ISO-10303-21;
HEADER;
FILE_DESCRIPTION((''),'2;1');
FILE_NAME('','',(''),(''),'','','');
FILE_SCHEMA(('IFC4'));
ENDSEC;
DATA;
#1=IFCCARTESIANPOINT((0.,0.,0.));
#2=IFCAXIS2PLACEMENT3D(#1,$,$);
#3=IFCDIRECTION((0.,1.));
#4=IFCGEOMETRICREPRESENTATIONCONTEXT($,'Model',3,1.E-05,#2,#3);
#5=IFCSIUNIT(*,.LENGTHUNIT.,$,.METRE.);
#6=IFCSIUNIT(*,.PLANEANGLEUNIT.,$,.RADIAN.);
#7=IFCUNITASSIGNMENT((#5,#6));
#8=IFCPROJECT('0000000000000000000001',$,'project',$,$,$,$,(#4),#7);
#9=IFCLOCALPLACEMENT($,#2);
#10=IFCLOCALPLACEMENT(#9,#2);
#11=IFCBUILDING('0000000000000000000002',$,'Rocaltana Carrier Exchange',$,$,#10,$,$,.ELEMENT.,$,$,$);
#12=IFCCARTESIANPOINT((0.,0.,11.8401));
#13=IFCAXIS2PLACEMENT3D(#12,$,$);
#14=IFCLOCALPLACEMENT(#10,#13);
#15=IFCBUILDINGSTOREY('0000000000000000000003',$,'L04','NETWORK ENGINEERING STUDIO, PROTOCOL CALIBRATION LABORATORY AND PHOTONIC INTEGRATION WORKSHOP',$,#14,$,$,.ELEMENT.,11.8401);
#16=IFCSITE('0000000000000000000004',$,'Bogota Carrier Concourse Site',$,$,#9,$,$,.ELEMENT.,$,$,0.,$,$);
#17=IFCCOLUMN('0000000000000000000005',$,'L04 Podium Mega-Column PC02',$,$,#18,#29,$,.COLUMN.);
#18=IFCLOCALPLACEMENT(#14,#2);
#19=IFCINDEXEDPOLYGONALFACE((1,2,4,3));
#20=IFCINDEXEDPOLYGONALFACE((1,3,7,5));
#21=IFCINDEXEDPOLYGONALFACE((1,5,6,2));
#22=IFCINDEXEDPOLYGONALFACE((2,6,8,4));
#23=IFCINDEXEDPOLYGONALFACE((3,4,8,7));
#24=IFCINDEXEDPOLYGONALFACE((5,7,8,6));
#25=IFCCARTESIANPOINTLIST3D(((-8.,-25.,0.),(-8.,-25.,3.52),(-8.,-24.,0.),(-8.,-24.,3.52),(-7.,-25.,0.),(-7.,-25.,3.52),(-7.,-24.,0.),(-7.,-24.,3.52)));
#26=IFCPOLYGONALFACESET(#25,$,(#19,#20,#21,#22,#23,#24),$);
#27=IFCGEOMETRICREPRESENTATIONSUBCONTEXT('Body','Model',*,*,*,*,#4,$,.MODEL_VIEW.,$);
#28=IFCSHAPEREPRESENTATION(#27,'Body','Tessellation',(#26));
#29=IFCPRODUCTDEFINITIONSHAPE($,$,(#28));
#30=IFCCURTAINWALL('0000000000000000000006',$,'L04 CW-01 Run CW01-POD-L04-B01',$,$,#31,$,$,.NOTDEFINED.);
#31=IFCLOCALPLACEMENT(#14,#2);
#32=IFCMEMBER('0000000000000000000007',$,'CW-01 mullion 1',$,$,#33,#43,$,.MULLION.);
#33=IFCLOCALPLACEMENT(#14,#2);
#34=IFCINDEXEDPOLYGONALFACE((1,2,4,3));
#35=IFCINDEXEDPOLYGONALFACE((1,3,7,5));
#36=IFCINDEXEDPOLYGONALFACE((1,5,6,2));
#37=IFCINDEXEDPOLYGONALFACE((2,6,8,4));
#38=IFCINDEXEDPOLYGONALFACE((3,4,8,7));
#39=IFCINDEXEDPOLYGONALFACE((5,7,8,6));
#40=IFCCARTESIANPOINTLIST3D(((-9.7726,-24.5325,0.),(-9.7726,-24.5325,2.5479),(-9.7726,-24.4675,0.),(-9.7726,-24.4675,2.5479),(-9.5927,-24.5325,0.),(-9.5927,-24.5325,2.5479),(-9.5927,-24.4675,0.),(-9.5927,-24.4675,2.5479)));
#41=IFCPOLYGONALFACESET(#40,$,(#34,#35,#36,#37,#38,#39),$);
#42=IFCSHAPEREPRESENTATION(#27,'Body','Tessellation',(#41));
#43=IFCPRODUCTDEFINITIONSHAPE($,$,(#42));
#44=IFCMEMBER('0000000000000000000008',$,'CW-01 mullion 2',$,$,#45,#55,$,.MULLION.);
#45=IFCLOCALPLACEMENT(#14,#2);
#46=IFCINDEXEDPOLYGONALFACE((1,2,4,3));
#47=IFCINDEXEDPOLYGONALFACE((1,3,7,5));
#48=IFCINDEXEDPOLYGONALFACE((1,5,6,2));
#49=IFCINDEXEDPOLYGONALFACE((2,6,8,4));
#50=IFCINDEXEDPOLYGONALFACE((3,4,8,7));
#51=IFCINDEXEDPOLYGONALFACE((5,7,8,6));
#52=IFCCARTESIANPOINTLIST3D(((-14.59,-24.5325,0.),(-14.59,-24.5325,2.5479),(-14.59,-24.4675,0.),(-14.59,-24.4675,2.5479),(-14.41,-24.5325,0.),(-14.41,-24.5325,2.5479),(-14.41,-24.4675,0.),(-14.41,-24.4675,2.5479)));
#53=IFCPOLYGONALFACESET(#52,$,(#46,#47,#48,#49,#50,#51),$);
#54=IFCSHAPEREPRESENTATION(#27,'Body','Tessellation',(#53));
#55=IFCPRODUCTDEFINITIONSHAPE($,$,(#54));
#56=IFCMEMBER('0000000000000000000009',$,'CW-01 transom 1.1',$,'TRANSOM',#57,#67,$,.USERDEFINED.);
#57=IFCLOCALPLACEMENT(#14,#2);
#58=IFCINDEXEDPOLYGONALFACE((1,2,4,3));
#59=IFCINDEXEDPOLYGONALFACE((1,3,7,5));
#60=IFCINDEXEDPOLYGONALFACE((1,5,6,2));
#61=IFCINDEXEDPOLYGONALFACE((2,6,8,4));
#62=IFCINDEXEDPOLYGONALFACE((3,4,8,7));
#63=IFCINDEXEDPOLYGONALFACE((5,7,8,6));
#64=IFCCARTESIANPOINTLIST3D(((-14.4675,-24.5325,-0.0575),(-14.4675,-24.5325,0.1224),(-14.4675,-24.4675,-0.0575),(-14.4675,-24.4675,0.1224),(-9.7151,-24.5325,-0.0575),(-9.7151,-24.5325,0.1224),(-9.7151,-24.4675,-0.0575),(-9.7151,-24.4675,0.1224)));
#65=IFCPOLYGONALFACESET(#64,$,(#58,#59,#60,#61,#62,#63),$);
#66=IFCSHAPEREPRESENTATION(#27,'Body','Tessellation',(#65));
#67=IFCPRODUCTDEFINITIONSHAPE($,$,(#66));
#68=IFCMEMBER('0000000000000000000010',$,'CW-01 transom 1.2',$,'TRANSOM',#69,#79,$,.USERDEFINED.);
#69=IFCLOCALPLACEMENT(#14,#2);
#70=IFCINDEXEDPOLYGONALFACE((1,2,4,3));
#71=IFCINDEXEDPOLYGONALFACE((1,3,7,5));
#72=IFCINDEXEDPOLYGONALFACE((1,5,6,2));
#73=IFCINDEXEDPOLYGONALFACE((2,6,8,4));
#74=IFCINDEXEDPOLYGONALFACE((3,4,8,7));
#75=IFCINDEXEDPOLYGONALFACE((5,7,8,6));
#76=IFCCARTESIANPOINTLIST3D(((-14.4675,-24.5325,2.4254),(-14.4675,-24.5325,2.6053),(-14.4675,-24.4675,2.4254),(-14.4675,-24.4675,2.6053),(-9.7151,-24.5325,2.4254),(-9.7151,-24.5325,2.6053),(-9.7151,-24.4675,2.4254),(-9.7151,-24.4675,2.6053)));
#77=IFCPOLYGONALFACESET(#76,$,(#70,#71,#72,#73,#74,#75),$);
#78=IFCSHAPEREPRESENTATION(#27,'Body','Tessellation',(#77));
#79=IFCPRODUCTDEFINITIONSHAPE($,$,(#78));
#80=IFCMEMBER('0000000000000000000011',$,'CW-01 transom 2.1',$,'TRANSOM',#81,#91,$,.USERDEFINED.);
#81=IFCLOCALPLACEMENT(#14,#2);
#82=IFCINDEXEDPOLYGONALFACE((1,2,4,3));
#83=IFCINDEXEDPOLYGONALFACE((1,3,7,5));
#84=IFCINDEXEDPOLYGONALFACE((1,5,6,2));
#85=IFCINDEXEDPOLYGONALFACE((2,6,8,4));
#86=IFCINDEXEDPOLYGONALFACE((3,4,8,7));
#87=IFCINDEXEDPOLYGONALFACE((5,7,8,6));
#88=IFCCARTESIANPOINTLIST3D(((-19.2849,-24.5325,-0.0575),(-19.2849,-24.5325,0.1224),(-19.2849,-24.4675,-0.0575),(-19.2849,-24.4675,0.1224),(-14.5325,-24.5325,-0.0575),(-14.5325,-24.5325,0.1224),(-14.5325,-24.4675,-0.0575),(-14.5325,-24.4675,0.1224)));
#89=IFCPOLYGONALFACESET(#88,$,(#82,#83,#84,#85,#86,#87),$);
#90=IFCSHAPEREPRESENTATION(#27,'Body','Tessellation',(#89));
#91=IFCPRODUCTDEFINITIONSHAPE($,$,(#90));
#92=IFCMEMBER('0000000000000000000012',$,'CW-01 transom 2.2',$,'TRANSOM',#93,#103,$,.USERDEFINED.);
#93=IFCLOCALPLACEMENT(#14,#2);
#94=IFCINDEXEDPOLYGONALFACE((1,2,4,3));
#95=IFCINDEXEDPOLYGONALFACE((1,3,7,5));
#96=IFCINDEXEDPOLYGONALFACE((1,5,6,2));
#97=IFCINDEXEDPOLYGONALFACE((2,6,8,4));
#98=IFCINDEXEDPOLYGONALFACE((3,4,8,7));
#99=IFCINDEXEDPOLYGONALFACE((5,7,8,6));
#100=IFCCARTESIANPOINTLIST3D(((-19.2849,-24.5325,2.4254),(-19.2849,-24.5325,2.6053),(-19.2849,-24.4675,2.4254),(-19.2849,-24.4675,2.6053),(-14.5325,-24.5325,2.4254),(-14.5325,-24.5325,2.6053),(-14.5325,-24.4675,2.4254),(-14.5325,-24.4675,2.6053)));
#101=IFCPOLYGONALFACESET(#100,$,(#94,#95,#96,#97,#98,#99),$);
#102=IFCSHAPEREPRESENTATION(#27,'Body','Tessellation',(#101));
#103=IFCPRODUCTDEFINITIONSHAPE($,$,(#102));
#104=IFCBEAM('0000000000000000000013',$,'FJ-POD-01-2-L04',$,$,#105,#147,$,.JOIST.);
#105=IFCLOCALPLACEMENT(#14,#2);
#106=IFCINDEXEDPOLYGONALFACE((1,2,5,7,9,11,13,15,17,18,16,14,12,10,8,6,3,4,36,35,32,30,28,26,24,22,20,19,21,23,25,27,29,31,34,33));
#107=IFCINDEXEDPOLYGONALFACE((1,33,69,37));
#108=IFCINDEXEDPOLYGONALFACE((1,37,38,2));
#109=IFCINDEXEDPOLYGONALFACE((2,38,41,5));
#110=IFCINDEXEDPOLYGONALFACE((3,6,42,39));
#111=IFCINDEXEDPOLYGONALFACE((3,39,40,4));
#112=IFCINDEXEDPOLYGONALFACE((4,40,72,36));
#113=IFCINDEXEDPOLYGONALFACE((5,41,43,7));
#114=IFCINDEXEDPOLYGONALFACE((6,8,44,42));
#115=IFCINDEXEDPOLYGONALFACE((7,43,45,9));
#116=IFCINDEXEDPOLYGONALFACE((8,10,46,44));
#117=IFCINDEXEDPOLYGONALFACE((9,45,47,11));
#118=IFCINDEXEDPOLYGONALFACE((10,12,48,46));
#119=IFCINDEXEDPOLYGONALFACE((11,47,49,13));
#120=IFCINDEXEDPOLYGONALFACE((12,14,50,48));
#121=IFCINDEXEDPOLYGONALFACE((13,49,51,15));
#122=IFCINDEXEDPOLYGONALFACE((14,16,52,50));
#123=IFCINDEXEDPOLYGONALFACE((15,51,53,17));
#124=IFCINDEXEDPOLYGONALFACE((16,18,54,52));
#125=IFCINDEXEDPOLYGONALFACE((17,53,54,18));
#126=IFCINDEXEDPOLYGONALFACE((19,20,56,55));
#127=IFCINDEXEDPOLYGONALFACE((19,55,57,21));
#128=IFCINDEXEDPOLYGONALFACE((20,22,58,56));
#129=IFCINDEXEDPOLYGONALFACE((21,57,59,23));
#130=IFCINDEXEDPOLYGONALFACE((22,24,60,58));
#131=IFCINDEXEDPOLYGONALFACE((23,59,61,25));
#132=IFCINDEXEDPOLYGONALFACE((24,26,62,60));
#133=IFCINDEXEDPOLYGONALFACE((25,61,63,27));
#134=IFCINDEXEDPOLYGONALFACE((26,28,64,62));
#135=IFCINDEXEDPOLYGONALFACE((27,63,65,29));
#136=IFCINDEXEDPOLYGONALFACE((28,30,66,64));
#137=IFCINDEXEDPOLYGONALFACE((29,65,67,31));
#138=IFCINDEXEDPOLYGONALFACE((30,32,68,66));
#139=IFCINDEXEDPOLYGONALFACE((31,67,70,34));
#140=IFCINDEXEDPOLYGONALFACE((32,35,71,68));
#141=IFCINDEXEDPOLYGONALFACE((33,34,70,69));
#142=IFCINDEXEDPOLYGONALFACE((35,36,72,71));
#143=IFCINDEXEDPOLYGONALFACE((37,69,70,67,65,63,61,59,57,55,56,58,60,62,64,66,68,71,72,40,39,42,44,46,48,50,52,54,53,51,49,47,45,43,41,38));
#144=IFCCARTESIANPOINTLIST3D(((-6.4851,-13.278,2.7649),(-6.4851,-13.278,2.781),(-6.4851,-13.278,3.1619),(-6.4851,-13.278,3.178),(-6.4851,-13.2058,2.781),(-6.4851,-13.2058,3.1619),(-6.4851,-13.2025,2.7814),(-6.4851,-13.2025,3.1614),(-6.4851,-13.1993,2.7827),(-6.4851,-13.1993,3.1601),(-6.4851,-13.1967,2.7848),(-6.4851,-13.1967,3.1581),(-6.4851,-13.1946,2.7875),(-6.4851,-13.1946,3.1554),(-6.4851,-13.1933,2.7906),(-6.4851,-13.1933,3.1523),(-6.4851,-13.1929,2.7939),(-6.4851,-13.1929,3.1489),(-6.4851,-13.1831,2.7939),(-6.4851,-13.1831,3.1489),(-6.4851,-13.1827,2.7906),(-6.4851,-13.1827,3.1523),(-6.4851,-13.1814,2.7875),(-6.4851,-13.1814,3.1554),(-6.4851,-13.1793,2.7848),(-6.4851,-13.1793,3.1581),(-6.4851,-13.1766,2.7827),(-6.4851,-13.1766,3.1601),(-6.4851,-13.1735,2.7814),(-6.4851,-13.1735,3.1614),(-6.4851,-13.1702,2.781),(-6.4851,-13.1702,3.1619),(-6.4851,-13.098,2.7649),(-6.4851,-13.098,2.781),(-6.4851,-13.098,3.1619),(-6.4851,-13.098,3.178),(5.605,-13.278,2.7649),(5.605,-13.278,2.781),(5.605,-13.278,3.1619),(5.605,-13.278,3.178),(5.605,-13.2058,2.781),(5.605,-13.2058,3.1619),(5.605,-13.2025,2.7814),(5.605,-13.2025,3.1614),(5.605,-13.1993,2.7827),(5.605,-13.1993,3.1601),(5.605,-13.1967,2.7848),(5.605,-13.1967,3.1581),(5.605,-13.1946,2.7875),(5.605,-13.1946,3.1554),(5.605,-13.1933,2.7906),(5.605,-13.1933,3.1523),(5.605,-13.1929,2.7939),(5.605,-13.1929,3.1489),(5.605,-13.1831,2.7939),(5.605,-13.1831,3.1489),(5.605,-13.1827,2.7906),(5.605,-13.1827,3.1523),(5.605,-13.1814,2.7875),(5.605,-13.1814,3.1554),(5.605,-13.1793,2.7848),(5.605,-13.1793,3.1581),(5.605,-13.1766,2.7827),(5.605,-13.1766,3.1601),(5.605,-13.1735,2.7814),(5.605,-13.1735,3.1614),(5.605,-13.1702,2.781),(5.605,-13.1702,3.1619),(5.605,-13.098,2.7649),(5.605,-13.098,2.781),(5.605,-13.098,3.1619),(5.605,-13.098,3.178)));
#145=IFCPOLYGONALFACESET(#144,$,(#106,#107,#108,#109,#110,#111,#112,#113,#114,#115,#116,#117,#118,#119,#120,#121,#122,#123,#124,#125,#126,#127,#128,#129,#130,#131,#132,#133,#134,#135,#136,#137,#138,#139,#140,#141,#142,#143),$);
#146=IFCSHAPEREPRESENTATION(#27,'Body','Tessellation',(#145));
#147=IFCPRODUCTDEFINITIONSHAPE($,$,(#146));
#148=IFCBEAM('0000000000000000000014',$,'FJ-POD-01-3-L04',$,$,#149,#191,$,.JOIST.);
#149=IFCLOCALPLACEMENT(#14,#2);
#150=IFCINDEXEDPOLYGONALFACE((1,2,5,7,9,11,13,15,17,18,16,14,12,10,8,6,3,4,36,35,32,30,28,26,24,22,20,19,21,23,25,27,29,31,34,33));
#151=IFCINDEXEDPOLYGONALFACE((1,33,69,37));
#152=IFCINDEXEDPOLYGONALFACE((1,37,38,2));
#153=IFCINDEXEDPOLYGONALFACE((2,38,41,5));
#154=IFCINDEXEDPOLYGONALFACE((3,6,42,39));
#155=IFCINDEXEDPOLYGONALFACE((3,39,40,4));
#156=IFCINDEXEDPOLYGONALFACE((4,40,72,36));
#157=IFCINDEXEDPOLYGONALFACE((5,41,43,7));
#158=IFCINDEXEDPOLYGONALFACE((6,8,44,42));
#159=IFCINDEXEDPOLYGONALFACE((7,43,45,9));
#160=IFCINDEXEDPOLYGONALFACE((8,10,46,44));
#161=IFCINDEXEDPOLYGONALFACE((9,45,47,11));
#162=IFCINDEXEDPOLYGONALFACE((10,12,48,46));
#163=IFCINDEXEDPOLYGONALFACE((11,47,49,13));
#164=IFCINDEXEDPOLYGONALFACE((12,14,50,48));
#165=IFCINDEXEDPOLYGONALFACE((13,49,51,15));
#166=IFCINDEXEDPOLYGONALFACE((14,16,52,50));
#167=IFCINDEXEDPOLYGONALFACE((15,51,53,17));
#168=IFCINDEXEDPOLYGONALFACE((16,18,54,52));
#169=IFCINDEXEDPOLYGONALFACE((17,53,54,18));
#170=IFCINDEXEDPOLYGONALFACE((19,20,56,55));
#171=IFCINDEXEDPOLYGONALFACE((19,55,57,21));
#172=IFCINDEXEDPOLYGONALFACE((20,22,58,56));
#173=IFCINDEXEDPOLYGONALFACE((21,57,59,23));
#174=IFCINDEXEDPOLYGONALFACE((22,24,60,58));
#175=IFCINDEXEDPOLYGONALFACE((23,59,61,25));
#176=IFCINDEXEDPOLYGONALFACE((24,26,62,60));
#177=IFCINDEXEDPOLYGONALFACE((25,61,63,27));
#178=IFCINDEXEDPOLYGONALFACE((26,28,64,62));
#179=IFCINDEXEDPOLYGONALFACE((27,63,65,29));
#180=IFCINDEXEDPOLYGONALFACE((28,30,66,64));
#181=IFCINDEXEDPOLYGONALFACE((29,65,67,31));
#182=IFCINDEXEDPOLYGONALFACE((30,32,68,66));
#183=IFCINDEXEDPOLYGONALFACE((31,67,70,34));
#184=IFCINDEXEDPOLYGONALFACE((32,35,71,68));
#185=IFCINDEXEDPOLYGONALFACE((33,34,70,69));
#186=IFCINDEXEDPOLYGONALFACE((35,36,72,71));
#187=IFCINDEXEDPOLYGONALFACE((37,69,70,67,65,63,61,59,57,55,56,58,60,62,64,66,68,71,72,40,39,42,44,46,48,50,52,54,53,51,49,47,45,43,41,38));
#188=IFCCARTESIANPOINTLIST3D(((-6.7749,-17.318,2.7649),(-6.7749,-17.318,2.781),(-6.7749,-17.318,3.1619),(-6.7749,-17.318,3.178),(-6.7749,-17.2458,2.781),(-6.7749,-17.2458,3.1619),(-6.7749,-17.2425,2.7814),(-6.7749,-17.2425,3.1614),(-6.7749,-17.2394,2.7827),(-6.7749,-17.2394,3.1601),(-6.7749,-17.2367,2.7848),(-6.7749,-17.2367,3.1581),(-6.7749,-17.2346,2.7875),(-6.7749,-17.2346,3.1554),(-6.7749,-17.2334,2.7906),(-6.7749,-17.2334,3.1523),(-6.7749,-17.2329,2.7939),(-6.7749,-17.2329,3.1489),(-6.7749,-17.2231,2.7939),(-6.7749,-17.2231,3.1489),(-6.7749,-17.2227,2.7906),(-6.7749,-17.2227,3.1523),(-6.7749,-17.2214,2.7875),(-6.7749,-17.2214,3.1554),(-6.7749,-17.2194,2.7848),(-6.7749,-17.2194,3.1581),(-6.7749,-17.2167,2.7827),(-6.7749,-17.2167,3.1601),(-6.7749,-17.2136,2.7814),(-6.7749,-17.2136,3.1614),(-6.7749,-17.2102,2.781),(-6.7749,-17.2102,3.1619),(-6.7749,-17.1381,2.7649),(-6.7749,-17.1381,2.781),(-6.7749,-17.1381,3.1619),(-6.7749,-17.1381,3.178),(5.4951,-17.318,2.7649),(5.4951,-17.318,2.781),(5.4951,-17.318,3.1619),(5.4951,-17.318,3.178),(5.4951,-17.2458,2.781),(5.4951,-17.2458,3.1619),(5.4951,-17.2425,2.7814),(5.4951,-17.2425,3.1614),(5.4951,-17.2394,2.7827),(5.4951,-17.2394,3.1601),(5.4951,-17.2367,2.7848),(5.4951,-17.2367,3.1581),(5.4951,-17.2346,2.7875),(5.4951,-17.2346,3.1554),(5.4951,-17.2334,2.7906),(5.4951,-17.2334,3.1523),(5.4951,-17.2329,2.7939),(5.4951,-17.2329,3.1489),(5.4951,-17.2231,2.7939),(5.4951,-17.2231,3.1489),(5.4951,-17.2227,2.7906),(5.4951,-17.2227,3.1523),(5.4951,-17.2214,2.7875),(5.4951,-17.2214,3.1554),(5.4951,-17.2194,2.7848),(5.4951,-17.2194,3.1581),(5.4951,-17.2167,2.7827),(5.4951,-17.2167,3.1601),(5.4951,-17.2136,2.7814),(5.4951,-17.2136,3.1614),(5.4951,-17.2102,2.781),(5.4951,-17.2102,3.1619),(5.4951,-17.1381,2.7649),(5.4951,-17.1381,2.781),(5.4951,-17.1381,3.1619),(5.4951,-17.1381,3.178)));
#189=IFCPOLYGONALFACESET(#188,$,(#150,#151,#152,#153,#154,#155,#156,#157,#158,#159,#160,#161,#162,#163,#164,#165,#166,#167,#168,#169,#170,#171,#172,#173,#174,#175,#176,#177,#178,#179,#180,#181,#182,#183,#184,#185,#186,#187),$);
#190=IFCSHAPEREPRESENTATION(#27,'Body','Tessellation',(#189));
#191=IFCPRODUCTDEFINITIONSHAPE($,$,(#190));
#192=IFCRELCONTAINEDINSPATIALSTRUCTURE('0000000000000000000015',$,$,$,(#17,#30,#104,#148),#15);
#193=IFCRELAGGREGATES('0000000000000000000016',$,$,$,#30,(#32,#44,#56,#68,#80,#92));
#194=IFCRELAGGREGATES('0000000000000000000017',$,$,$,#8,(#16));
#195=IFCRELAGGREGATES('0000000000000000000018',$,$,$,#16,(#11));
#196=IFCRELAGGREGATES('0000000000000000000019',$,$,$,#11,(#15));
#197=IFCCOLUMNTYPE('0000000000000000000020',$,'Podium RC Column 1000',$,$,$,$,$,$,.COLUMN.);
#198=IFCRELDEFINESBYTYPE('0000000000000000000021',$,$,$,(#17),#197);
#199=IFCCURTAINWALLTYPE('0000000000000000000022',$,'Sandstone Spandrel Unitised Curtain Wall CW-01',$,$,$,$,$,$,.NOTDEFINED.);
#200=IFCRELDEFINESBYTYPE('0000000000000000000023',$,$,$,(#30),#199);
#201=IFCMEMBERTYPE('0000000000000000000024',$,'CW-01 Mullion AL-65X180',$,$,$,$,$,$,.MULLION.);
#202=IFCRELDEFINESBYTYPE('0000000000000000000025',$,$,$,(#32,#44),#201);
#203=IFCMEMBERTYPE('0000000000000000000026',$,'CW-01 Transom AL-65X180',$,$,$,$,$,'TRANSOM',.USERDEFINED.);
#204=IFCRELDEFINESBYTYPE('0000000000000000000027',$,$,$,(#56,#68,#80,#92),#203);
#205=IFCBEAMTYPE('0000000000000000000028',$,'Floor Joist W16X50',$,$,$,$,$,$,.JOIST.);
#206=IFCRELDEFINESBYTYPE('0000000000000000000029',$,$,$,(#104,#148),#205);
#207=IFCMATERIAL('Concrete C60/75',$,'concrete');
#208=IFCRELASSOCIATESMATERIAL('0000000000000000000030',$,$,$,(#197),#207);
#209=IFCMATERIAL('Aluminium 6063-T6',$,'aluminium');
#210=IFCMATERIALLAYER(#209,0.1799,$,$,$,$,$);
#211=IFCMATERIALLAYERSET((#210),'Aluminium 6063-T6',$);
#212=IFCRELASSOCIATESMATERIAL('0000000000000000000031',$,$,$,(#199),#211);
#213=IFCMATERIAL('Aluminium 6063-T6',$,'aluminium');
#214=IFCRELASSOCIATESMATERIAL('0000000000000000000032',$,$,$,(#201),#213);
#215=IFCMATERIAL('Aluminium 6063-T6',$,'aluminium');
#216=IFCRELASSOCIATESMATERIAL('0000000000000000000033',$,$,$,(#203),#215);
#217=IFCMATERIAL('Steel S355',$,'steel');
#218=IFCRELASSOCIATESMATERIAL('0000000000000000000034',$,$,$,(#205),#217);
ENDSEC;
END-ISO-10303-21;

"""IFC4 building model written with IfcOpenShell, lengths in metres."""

from ifc_helpers import new_model, si_unit, direction, frame, origin, origin_2d, place, context, subcontext, project, spatial, rectangle, i_section, extrude, material, layer, layer_set, material_profile, profile_set, type_object, element, aggregate, save


model = new_model("IFC4")

# Units and contexts
model_context = context("Model", 3, precision=1e-05, world=origin(), true_north=direction((0.0, 1.0)))
body_context = subcontext(model_context, "Body", "Model", "MODEL_VIEW")
ifc_project = project(units=[si_unit("LENGTHUNIT", "METRE"), si_unit("PLANEANGLEUNIT", "RADIAN")], contexts=[model_context])

# Site, building, storey
site_placement = place(None, origin())
site = spatial("IfcSite", under=ifc_project, at=site_placement, Name="Bogota Carrier Concourse Site", CompositionType="ELEMENT", RefElevation=0.0)
building_placement = place(site_placement, origin())
building = spatial("IfcBuilding", under=site, at=building_placement, Name="Rocaltana Carrier Exchange", CompositionType="ELEMENT")
storey_placement = place(building_placement, frame((0.0, 0.0, 11.8401)))
storey = spatial("IfcBuildingStorey", under=building, at=storey_placement, Name="L04", Description="NETWORK ENGINEERING STUDIO, PROTOCOL CALIBRATION LABORATORY AND PHOTONIC INTEGRATION WORKSHOP", CompositionType="ELEMENT", Elevation=11.8401)

# Column
ifc_material_1 = material(Name="Concrete C60/75", Category="concrete")
ifc_material_profile_1 = material_profile(ifc_material_1, rectangle(XDim=1.0, YDim=1.0, at=origin_2d()), Name="RC-COL-1000X1000")
ifc_profile_set_1 = profile_set([ifc_material_profile_1], Name="Concrete C60/75")
column_type = type_object("IfcColumnType", Name="Podium RC Column 1000", PredefinedType="COLUMN", material=ifc_profile_set_1)
column_placement = place(storey_placement, frame((-7.5, -24.5, 0.0), z_axis=(0.0, 0.0, 1.0), x_axis=(1.0, 0.0, 0.0)))
element("IfcColumn", 1, at=column_placement, inside=storey, type_object=column_type, Name="L04 Podium Mega-Column PC02", PredefinedType="COLUMN", context=body_context, shape_type="SweptSolid", body=[
    extrude(rectangle(XDim=1.0, YDim=1.0, at=origin_2d()), origin(), (0.0, 0.0, 1.0), 3.52),
])

# Curtain wall, members
ifc_material_2 = material(Name="Aluminium 6063-T6", Category="aluminium")
ifc_layer_1 = layer(ifc_material_2, 0.1799)
ifc_layer_set_1 = layer_set([ifc_layer_1], Name="Aluminium 6063-T6")
curtain_wall_type = type_object("IfcCurtainWallType", Name="Sandstone Spandrel Unitised Curtain Wall CW-01", PredefinedType="NOTDEFINED", material=ifc_layer_set_1)
curtain_wall_placement = place(storey_placement, origin())
curtain_wall = element("IfcCurtainWall", 2, at=curtain_wall_placement, inside=storey, type_object=curtain_wall_type, Name="L04 CW-01 Run CW01-POD-L04-B01", PredefinedType="NOTDEFINED")
ifc_material_3 = material(Name="Aluminium 6063-T6", Category="aluminium")
ifc_material_profile_2 = material_profile(ifc_material_3, rectangle(XDim=0.0649, YDim=0.1799, at=origin_2d()), Name="AL-65X180")
ifc_profile_set_2 = profile_set([ifc_material_profile_2], Name="Aluminium 6063-T6")
member_type_1 = type_object("IfcMemberType", Name="CW-01 Mullion AL-65X180", PredefinedType="MULLION", material=ifc_profile_set_2)
member_1_placement = place(storey_placement, frame((-9.6826, -24.5, 0.0), z_axis=(0.0, 0.0, 1.0), x_axis=(0.0, -1.0, 0.0)))
member_1 = element("IfcMember", 3, at=member_1_placement, type_object=member_type_1, Name="CW-01 mullion 1", PredefinedType="MULLION", context=body_context, shape_type="SweptSolid", body=[
    extrude(rectangle(XDim=0.0649, YDim=0.1799, at=origin_2d()), origin(), (0.0, 0.0, 1.0), 2.5479),
])
member_2_placement = place(storey_placement, frame((-14.5, -24.5, 0.0), z_axis=(0.0, 0.0, 1.0), x_axis=(0.0, -1.0, 0.0)))
member_2 = element("IfcMember", 4, at=member_2_placement, type_object=member_type_1, Name="CW-01 mullion 2", PredefinedType="MULLION", context=body_context, shape_type="SweptSolid", body=[
    extrude(rectangle(XDim=0.0649, YDim=0.1799, at=origin_2d()), origin(), (0.0, 0.0, 1.0), 2.5479),
])
ifc_material_4 = material(Name="Aluminium 6063-T6", Category="aluminium")
ifc_material_profile_3 = material_profile(ifc_material_4, rectangle(XDim=0.0649, YDim=0.1799, at=origin_2d()), Name="AL-65X180")
ifc_profile_set_3 = profile_set([ifc_material_profile_3], Name="Aluminium 6063-T6")
member_type_2 = type_object("IfcMemberType", Name="CW-01 Transom AL-65X180", ElementType="TRANSOM", PredefinedType="USERDEFINED", material=ifc_profile_set_3)
member_3_placement = place(storey_placement, frame((-9.7151, -24.5, 0.0325), z_axis=(-1.0, 0.0, 0.0), x_axis=(0.0, -1.0, 0.0)))
member_3 = element("IfcMember", 5, at=member_3_placement, type_object=member_type_2, Name="CW-01 transom 1.1", ObjectType="TRANSOM", PredefinedType="USERDEFINED", context=body_context, shape_type="SweptSolid", body=[
    extrude(rectangle(XDim=0.0649, YDim=0.1799, at=origin_2d()), origin(), (0.0, 0.0, 1.0), 4.7524),
])
member_4_placement = place(storey_placement, frame((-9.7151, -24.5, 2.5154), z_axis=(-1.0, 0.0, 0.0), x_axis=(0.0, -1.0, 0.0)))
member_4 = element("IfcMember", 6, at=member_4_placement, type_object=member_type_2, Name="CW-01 transom 1.2", ObjectType="TRANSOM", PredefinedType="USERDEFINED", context=body_context, shape_type="SweptSolid", body=[
    extrude(rectangle(XDim=0.0649, YDim=0.1799, at=origin_2d()), origin(), (0.0, 0.0, 1.0), 4.7524),
])
member_5_placement = place(storey_placement, frame((-14.5325, -24.5, 0.0325), z_axis=(-1.0, 0.0, 0.0), x_axis=(0.0, -1.0, 0.0)))
member_5 = element("IfcMember", 7, at=member_5_placement, type_object=member_type_2, Name="CW-01 transom 2.1", ObjectType="TRANSOM", PredefinedType="USERDEFINED", context=body_context, shape_type="SweptSolid", body=[
    extrude(rectangle(XDim=0.0649, YDim=0.1799, at=origin_2d()), origin(), (0.0, 0.0, 1.0), 4.7524),
])
member_6_placement = place(storey_placement, frame((-14.5325, -24.5, 2.5154), z_axis=(-1.0, 0.0, 0.0), x_axis=(0.0, -1.0, 0.0)))
member_6 = element("IfcMember", 8, at=member_6_placement, type_object=member_type_2, Name="CW-01 transom 2.2", ObjectType="TRANSOM", PredefinedType="USERDEFINED", context=body_context, shape_type="SweptSolid", body=[
    extrude(rectangle(XDim=0.0649, YDim=0.1799, at=origin_2d()), origin(), (0.0, 0.0, 1.0), 4.7524),
])

# Beams
ifc_material_5 = material(Name="Steel S355", Category="steel")
ifc_material_profile_4 = material_profile(ifc_material_5, i_section(OverallWidth=0.1799, OverallDepth=0.4131, WebThickness=0.0098, FlangeThickness=0.0161, FilletRadius=0.0129, at=origin_2d()), Name="W16X50")
ifc_profile_set_4 = profile_set([ifc_material_profile_4], Name="Steel S355")
beam_type_1 = type_object("IfcBeamType", Name="Floor Joist W16X50", PredefinedType="JOIST", material=ifc_profile_set_4)
beam_1_placement = place(storey_placement, frame((-6.4851, -13.188, 2.9714), z_axis=(1.0, 0.0, 0.0), x_axis=(0.0, 1.0, 0.0)))
element("IfcBeam", 9, at=beam_1_placement, inside=storey, type_object=beam_type_1, Name="FJ-POD-01-2-L04", PredefinedType="JOIST", context=body_context, shape_type="SweptSolid", body=[
    extrude(i_section(OverallWidth=0.1799, OverallDepth=0.4131, WebThickness=0.0098, FlangeThickness=0.0161, FilletRadius=0.0129, at=origin_2d()), origin(), (0.0, 0.0, 1.0), 12.0901),
])
beam_2_placement = place(storey_placement, frame((-6.7749, -17.228, 2.9714), z_axis=(1.0, 0.0, 0.0), x_axis=(0.0, 1.0, 0.0)))
element("IfcBeam", 10, at=beam_2_placement, inside=storey, type_object=beam_type_1, Name="FJ-POD-01-3-L04", PredefinedType="JOIST", context=body_context, shape_type="SweptSolid", body=[
    extrude(i_section(OverallWidth=0.1799, OverallDepth=0.4131, WebThickness=0.0098, FlangeThickness=0.0161, FilletRadius=0.0129, at=origin_2d()), origin(), (0.0, 0.0, 1.0), 12.27),
])

aggregate(curtain_wall, [member_1, member_2, member_3, member_4, member_5, member_6])

save(model, "model.ifc")
